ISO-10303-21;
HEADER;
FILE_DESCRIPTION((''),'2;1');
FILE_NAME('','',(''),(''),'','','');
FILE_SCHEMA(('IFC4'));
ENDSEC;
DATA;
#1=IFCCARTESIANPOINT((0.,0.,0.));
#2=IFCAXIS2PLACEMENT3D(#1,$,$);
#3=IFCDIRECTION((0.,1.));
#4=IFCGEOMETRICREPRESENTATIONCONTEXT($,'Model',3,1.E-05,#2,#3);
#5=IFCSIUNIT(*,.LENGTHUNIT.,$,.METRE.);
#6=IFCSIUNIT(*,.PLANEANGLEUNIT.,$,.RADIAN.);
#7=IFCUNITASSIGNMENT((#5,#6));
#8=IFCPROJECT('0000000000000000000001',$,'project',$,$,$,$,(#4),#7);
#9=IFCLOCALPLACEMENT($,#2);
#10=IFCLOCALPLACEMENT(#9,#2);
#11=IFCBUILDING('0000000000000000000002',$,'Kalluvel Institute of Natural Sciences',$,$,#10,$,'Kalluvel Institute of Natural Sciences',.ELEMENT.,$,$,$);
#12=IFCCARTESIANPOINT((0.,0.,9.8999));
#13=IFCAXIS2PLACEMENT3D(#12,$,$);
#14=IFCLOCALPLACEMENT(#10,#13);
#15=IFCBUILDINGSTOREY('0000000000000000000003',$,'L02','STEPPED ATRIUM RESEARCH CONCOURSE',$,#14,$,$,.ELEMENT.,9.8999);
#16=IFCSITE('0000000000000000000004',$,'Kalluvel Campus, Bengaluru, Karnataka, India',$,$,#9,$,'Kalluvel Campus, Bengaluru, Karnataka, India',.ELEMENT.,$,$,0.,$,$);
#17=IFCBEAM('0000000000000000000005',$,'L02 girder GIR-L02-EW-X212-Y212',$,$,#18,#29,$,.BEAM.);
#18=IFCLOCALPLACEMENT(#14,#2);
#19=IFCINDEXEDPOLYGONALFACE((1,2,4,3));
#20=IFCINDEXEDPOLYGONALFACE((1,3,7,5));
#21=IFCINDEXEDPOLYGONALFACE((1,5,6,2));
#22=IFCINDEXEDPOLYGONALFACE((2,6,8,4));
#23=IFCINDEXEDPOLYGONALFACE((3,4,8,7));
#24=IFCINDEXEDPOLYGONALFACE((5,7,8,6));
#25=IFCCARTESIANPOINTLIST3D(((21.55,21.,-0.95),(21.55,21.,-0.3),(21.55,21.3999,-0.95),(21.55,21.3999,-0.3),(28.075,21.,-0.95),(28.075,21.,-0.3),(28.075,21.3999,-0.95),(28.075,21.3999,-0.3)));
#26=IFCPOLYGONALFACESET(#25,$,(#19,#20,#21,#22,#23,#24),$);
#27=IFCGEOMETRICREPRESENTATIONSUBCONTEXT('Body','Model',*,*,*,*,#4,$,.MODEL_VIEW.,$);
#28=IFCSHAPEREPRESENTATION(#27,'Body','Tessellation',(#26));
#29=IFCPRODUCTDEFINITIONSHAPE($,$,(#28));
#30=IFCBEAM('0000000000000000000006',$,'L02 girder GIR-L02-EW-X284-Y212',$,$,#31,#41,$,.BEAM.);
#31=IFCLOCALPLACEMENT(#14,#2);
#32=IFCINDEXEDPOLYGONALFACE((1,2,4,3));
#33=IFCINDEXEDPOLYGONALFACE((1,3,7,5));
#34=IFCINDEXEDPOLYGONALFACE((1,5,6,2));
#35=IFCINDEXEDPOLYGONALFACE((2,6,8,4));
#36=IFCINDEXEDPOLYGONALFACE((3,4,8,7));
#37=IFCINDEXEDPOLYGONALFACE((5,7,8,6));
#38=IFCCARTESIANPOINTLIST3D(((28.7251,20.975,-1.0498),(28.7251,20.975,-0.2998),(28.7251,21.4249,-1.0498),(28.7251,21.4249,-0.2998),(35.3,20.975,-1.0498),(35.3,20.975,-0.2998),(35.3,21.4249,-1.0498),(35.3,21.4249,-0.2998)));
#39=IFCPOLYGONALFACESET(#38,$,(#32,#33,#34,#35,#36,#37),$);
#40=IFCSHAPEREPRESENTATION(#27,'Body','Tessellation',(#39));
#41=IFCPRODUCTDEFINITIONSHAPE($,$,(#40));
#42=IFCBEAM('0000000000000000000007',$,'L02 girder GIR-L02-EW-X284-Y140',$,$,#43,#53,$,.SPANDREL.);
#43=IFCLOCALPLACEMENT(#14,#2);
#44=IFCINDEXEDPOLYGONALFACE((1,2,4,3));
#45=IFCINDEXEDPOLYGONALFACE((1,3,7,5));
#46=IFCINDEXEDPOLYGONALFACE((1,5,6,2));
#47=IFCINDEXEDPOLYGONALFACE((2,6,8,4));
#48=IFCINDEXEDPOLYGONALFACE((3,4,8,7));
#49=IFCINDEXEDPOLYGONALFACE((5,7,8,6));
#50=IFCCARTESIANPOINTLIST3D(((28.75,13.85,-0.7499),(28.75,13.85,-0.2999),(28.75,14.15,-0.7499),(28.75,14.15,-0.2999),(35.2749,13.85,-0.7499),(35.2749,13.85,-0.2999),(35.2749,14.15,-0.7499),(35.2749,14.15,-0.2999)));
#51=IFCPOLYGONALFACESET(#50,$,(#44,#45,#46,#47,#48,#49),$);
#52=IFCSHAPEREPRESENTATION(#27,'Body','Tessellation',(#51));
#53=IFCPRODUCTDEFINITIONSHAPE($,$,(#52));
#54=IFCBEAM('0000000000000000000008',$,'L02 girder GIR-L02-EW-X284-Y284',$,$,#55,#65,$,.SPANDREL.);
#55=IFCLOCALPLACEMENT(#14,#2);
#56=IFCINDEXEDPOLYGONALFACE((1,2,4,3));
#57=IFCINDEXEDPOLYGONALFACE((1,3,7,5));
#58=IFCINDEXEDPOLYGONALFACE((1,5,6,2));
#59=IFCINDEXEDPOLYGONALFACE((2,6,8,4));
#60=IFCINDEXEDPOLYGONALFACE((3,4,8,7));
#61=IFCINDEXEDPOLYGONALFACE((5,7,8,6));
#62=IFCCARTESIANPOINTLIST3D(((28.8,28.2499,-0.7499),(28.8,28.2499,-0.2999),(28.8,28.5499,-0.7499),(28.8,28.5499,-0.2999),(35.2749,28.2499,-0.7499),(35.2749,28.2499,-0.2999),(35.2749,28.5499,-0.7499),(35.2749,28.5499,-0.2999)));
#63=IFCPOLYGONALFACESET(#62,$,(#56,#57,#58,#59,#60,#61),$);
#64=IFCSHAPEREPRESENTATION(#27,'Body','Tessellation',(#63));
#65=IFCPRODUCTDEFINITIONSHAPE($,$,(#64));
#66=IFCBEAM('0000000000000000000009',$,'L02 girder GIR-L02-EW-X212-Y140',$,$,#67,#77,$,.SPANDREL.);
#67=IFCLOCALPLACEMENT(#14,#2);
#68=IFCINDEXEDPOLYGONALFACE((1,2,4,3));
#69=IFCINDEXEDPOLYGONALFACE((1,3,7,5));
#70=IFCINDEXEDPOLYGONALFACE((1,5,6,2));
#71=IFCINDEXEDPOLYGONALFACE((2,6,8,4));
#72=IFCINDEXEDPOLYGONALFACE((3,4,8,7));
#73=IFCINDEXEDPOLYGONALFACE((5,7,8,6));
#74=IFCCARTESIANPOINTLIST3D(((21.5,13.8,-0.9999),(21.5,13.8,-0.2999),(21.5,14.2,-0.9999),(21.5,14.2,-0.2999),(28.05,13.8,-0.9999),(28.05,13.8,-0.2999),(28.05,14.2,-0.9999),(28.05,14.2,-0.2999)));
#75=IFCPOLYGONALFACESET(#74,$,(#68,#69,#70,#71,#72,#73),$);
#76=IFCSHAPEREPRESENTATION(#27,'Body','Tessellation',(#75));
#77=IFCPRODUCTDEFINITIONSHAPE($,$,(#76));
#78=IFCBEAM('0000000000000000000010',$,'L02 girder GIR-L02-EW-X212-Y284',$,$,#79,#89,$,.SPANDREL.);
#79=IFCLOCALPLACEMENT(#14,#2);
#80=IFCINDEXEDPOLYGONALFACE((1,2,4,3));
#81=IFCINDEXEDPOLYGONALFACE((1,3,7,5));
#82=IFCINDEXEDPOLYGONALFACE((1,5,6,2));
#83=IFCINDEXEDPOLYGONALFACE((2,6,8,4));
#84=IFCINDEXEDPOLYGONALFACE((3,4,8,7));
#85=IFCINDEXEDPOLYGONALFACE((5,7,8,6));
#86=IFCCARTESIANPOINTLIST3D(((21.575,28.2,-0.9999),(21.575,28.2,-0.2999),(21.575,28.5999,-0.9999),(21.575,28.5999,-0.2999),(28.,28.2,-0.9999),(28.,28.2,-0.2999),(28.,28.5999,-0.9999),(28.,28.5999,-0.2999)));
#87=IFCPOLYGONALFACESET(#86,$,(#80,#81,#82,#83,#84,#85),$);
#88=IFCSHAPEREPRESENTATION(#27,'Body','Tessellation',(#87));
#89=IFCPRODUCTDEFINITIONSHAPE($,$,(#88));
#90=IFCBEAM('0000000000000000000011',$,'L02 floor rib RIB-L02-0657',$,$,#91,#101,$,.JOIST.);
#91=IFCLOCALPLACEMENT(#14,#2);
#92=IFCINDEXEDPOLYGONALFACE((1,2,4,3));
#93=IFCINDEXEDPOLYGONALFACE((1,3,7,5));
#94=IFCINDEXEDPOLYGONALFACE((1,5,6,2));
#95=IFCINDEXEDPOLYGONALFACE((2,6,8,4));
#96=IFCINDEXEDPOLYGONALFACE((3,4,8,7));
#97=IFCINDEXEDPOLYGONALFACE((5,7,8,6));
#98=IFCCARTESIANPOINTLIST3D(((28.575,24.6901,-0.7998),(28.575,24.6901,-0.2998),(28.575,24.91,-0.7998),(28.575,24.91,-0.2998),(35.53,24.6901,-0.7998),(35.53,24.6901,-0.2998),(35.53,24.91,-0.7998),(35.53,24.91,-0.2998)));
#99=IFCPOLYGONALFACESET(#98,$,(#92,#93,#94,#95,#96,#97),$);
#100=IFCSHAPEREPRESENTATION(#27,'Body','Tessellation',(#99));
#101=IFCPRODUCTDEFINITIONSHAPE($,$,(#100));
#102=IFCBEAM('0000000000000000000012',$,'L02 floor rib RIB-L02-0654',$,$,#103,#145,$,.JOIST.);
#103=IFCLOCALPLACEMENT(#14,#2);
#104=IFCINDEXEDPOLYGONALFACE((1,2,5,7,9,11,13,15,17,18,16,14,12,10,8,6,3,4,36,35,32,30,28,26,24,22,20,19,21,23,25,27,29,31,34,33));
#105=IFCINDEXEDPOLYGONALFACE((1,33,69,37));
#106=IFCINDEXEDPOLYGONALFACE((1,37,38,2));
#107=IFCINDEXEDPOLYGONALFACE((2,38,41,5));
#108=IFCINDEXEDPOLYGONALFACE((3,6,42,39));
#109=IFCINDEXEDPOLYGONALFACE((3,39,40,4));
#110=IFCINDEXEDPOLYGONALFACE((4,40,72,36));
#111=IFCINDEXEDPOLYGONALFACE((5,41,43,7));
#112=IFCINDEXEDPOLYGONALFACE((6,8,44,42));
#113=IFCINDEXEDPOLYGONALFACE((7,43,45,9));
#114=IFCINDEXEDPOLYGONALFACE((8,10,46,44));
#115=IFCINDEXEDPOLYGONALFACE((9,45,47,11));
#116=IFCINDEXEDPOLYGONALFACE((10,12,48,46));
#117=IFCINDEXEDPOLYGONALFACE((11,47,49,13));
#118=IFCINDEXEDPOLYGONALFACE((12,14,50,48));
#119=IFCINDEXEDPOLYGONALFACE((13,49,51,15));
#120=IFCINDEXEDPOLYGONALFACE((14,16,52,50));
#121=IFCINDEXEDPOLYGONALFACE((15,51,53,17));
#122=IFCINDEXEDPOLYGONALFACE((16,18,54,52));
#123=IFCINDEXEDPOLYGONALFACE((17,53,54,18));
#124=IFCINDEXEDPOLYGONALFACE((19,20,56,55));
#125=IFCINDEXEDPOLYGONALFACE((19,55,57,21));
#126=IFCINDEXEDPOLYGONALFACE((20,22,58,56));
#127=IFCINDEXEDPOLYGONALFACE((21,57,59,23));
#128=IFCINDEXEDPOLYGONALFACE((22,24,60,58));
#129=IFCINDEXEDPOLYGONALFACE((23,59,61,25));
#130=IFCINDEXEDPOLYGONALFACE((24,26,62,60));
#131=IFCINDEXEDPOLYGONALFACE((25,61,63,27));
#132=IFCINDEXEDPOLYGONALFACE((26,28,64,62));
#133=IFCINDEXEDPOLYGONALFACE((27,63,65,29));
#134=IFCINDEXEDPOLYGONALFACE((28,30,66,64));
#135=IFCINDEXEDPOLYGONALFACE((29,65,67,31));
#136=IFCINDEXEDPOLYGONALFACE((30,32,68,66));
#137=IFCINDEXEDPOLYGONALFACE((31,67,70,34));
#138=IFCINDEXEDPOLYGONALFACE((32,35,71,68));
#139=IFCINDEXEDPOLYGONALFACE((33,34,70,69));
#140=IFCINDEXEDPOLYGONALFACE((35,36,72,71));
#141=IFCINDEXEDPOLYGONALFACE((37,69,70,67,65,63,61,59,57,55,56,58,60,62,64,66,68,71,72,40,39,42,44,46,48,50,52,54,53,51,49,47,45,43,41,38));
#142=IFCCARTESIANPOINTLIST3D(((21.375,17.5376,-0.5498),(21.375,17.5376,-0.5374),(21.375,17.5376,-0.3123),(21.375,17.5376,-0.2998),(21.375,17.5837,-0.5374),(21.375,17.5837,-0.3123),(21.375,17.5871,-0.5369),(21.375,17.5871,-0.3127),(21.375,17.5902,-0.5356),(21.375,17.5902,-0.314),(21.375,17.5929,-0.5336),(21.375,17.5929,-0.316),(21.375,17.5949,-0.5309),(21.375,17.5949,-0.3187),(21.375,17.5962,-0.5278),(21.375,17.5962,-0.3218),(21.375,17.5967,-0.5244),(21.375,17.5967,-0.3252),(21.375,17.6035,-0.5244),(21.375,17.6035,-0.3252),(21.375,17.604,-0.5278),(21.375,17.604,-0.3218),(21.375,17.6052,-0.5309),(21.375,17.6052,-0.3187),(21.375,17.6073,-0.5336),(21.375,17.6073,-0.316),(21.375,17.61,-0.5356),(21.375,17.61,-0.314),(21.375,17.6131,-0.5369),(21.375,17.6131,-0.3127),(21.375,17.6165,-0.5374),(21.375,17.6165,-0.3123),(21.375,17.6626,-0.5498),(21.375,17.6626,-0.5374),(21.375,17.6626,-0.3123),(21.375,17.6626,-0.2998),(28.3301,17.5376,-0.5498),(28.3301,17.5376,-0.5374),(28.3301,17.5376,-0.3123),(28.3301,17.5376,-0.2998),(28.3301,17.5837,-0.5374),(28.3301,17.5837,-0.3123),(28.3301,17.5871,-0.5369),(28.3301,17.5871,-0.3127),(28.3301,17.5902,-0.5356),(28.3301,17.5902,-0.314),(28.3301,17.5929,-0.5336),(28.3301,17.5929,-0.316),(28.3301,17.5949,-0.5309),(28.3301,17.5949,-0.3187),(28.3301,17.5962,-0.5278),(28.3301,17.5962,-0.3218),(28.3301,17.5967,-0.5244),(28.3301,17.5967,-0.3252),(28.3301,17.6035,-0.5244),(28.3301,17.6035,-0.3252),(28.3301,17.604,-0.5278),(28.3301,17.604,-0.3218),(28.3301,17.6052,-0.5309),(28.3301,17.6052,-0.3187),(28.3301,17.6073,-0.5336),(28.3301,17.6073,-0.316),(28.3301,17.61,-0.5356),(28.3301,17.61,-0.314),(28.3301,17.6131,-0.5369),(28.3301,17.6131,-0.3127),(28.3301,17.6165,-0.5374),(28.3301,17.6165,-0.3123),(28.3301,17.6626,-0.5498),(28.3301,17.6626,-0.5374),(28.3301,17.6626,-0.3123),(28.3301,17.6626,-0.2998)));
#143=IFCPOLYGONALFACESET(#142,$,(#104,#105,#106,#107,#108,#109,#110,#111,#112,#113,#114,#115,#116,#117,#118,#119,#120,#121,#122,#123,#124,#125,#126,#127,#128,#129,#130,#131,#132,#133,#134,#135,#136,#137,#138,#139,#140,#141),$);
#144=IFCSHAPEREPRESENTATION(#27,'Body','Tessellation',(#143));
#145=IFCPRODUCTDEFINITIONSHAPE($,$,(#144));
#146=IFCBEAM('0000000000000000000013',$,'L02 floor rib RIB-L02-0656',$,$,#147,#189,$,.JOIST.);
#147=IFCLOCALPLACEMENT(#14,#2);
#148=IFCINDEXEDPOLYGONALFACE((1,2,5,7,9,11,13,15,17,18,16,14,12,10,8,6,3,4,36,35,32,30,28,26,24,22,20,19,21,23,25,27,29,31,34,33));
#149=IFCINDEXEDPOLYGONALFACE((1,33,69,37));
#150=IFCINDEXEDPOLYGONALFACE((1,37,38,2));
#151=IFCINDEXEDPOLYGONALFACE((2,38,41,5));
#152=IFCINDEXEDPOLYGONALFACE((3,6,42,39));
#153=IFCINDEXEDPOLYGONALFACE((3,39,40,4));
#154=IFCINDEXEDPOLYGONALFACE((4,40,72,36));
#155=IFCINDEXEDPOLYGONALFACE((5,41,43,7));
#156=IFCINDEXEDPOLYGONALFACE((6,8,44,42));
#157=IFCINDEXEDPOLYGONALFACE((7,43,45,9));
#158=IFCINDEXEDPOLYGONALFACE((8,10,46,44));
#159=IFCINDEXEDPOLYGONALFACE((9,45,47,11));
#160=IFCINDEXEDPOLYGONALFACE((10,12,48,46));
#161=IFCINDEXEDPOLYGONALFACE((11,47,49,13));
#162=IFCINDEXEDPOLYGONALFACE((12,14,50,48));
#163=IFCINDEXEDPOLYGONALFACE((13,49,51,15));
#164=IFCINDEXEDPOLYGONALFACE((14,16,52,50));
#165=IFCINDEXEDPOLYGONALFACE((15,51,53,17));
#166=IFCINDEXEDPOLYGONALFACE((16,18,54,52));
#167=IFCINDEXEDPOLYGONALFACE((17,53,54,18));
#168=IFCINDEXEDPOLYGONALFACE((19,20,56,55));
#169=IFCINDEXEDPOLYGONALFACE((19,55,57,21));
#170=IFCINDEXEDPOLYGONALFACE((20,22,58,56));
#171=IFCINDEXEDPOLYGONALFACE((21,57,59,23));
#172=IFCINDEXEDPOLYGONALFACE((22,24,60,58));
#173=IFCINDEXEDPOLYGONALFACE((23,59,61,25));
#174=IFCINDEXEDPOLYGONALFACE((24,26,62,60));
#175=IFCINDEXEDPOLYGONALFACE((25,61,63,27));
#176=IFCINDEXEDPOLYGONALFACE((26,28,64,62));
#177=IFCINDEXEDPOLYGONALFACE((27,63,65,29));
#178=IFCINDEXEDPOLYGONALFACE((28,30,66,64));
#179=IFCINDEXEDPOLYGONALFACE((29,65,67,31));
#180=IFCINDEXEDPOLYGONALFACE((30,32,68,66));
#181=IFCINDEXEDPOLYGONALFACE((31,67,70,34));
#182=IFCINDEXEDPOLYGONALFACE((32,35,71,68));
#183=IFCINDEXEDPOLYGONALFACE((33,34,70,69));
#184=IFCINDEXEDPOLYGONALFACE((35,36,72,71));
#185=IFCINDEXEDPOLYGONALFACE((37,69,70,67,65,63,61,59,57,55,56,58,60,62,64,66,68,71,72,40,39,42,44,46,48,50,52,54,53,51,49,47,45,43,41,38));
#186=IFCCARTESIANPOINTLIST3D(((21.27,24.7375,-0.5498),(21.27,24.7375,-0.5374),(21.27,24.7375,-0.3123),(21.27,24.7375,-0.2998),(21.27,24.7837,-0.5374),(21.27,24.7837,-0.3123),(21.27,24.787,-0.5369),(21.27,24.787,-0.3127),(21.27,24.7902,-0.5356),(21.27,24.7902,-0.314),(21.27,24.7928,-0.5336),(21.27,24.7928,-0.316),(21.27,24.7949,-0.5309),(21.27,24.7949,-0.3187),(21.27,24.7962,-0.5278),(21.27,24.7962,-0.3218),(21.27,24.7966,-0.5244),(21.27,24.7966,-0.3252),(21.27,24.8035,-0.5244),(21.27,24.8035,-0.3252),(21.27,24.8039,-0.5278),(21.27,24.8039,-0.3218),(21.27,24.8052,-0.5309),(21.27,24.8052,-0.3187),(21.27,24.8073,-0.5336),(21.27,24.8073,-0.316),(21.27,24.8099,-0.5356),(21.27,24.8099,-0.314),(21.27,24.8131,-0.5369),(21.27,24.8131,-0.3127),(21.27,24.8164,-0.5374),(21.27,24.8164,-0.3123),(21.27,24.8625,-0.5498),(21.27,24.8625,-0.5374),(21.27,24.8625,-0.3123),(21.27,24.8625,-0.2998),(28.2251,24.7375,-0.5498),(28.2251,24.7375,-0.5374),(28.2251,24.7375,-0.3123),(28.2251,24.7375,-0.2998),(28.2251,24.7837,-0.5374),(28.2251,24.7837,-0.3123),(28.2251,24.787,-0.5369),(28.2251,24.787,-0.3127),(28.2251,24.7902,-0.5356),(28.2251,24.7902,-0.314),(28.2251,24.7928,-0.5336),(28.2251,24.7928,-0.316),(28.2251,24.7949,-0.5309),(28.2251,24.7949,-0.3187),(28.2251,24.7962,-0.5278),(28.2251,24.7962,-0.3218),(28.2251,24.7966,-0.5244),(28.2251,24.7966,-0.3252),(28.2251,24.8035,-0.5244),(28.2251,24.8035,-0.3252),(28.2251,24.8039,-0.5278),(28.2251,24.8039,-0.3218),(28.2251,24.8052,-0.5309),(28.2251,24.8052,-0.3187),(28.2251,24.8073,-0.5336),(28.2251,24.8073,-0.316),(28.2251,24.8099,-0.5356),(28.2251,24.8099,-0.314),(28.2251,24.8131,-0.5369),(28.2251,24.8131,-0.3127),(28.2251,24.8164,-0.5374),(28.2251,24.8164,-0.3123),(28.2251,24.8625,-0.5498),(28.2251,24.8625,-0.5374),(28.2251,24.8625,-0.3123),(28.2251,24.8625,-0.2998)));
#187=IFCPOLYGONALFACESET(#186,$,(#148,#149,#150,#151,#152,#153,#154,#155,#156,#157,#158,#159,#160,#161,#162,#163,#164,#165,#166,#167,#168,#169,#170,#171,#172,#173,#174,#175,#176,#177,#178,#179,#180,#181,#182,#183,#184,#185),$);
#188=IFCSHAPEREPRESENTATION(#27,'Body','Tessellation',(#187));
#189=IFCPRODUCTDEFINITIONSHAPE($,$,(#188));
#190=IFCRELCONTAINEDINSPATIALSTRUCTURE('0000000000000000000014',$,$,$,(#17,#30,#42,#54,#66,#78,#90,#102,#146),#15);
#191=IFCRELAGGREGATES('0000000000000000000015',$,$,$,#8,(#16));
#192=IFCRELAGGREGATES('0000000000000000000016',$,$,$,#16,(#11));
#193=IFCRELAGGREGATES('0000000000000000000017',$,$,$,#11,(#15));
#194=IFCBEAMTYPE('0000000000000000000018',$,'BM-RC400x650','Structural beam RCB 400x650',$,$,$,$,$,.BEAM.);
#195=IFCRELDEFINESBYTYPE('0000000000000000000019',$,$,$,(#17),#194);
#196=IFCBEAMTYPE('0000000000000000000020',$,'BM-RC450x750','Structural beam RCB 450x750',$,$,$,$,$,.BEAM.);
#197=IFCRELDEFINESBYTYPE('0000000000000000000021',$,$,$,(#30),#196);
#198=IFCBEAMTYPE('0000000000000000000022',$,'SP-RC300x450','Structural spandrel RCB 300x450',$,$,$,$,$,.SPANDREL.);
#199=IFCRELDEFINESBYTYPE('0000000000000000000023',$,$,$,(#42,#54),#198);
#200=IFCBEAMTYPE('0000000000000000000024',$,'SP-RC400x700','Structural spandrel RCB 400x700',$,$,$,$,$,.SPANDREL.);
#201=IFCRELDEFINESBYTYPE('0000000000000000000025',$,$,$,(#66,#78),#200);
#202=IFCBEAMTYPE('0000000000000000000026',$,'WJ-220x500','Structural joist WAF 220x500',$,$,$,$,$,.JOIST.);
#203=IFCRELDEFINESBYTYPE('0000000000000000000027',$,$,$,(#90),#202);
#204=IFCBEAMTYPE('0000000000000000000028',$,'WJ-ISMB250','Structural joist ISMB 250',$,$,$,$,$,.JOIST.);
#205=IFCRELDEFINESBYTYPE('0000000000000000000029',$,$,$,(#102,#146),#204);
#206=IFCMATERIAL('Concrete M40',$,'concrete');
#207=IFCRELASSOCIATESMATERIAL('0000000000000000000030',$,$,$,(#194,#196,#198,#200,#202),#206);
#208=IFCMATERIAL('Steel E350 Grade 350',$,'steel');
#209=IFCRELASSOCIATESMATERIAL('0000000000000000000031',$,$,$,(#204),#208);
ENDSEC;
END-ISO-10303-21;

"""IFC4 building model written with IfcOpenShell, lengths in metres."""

from ifc_helpers import new_model, si_unit, direction, frame, origin, origin_2d, place, context, subcontext, project, spatial, rectangle, i_section, extrude, material, material_profile, profile_set, type_object, element, save


model = new_model("IFC4")

# Units and contexts
model_context = context("Model", 3, precision=1e-05, world=origin(), true_north=direction((0.0, 1.0)))
body_context = subcontext(model_context, "Body", "Model", "MODEL_VIEW")
ifc_project = project(units=[si_unit("LENGTHUNIT", "METRE"), si_unit("PLANEANGLEUNIT", "RADIAN")], contexts=[model_context])

# Site, building, storey
site_placement = place(None, origin())
site = spatial("IfcSite", under=ifc_project, at=site_placement, Name="Kalluvel Campus, Bengaluru, Karnataka, India", LongName="Kalluvel Campus, Bengaluru, Karnataka, India", CompositionType="ELEMENT", RefElevation=0.0)
building_placement = place(site_placement, origin())
building = spatial("IfcBuilding", under=site, at=building_placement, Name="Kalluvel Institute of Natural Sciences", LongName="Kalluvel Institute of Natural Sciences", CompositionType="ELEMENT")
storey_placement = place(building_placement, frame((0.0, 0.0, 9.8999)))
storey = spatial("IfcBuildingStorey", under=building, at=storey_placement, Name="L02", Description="STEPPED ATRIUM RESEARCH CONCOURSE", CompositionType="ELEMENT", Elevation=9.8999)

# Shared definitions
ifc_material_1 = material(Name="Concrete M40", Category="concrete")

# Beams
ifc_material_2 = material(Name="Steel E350 Grade 350", Category="steel")
ifc_material_profile_1 = material_profile(ifc_material_1, rectangle(XDim=0.3999, YDim=0.6499, at=origin_2d()), Name="RCB 400x650")
ifc_profile_set_1 = profile_set([ifc_material_profile_1], Name="Concrete M40")
beam_type_1 = type_object("IfcBeamType", Name="BM-RC400x650", Description="Structural beam RCB 400x650", PredefinedType="BEAM", material=ifc_profile_set_1)
beam_1_placement = place(storey_placement, frame((21.55, 21.2, -0.625), z_axis=(1.0, 0.0, 0.0), x_axis=(0.0, 1.0, 0.0)))
element("IfcBeam", 1, at=beam_1_placement, inside=storey, type_object=beam_type_1, Name="L02 girder GIR-L02-EW-X212-Y212", PredefinedType="BEAM", context=body_context, shape_type="SweptSolid", body=[
    extrude(rectangle(XDim=0.3999, YDim=0.6499, at=origin_2d()), origin(), (0.0, 0.0, 1.0), 6.5249),
])
ifc_material_profile_2 = material_profile(ifc_material_1, rectangle(XDim=0.45, YDim=0.75, at=origin_2d()), Name="RCB 450x750")
ifc_profile_set_2 = profile_set([ifc_material_profile_2], Name="Concrete M40")
beam_type_2 = type_object("IfcBeamType", Name="BM-RC450x750", Description="Structural beam RCB 450x750", PredefinedType="BEAM", material=ifc_profile_set_2)
beam_2_placement = place(storey_placement, frame((28.7251, 21.2, -0.6748), z_axis=(1.0, 0.0, 0.0), x_axis=(0.0, 1.0, 0.0)))
element("IfcBeam", 2, at=beam_2_placement, inside=storey, type_object=beam_type_2, Name="L02 girder GIR-L02-EW-X284-Y212", PredefinedType="BEAM", context=body_context, shape_type="SweptSolid", body=[
    extrude(rectangle(XDim=0.45, YDim=0.75, at=origin_2d()), origin(), (0.0, 0.0, 1.0), 6.575),
])
ifc_material_profile_3 = material_profile(ifc_material_1, rectangle(XDim=0.3, YDim=0.45, at=origin_2d()), Name="RCB 300x450")
ifc_profile_set_3 = profile_set([ifc_material_profile_3], Name="Concrete M40")
beam_type_3 = type_object("IfcBeamType", Name="SP-RC300x450", Description="Structural spandrel RCB 300x450", PredefinedType="SPANDREL", material=ifc_profile_set_3)
beam_3_placement = place(storey_placement, frame((28.75, 14.0, -0.5249), z_axis=(1.0, 0.0, 0.0), x_axis=(0.0, 1.0, 0.0)))
element("IfcBeam", 3, at=beam_3_placement, inside=storey, type_object=beam_type_3, Name="L02 girder GIR-L02-EW-X284-Y140", PredefinedType="SPANDREL", context=body_context, shape_type="SweptSolid", body=[
    extrude(rectangle(XDim=0.3, YDim=0.45, at=origin_2d()), origin(), (0.0, 0.0, 1.0), 6.5249),
])
beam_4_placement = place(storey_placement, frame((28.8, 28.3999, -0.5249), z_axis=(1.0, 0.0, 0.0), x_axis=(0.0, 1.0, 0.0)))
element("IfcBeam", 4, at=beam_4_placement, inside=storey, type_object=beam_type_3, Name="L02 girder GIR-L02-EW-X284-Y284", PredefinedType="SPANDREL", context=body_context, shape_type="SweptSolid", body=[
    extrude(rectangle(XDim=0.3, YDim=0.45, at=origin_2d()), origin(), (0.0, 0.0, 1.0), 6.4749),
])
ifc_material_profile_4 = material_profile(ifc_material_1, rectangle(XDim=0.3999, YDim=0.7, at=origin_2d()), Name="RCB 400x700")
ifc_profile_set_4 = profile_set([ifc_material_profile_4], Name="Concrete M40")
beam_type_4 = type_object("IfcBeamType", Name="SP-RC400x700", Description="Structural spandrel RCB 400x700", PredefinedType="SPANDREL", material=ifc_profile_set_4)
beam_5_placement = place(storey_placement, frame((21.5, 14.0, -0.6499), z_axis=(1.0, 0.0, 0.0), x_axis=(0.0, 1.0, 0.0)))
element("IfcBeam", 5, at=beam_5_placement, inside=storey, type_object=beam_type_4, Name="L02 girder GIR-L02-EW-X212-Y140", PredefinedType="SPANDREL", context=body_context, shape_type="SweptSolid", body=[
    extrude(rectangle(XDim=0.3999, YDim=0.7, at=origin_2d()), origin(), (0.0, 0.0, 1.0), 6.55),
])
beam_6_placement = place(storey_placement, frame((21.575, 28.3999, -0.6499), z_axis=(1.0, 0.0, 0.0), x_axis=(0.0, 1.0, 0.0)))
element("IfcBeam", 6, at=beam_6_placement, inside=storey, type_object=beam_type_4, Name="L02 girder GIR-L02-EW-X212-Y284", PredefinedType="SPANDREL", context=body_context, shape_type="SweptSolid", body=[
    extrude(rectangle(XDim=0.3999, YDim=0.7, at=origin_2d()), origin(), (0.0, 0.0, 1.0), 6.425),
])
ifc_material_profile_5 = material_profile(ifc_material_1, rectangle(XDim=0.22, YDim=0.5, at=origin_2d()), Name="WAF 220x500")
ifc_profile_set_5 = profile_set([ifc_material_profile_5], Name="Concrete M40")
beam_type_5 = type_object("IfcBeamType", Name="WJ-220x500", Description="Structural joist WAF 220x500", PredefinedType="JOIST", material=ifc_profile_set_5)
beam_7_placement = place(storey_placement, frame((28.575, 24.8, -0.5498), z_axis=(1.0, 0.0, 0.0), x_axis=(0.0, 1.0, 0.0)))
element("IfcBeam", 7, at=beam_7_placement, inside=storey, type_object=beam_type_5, Name="L02 floor rib RIB-L02-0657", PredefinedType="JOIST", context=body_context, shape_type="SweptSolid", body=[
    extrude(rectangle(XDim=0.22, YDim=0.5, at=origin_2d()), origin(), (0.0, 0.0, 1.0), 6.9551),
])
ifc_material_profile_6 = material_profile(ifc_material_2, i_section(OverallWidth=0.125, OverallDepth=0.25, WebThickness=0.0068, FlangeThickness=0.0125, FilletRadius=0.0129, at=origin_2d()), Name="ISMB 250")
ifc_profile_set_6 = profile_set([ifc_material_profile_6], Name="Steel E350 Grade 350")
beam_type_6 = type_object("IfcBeamType", Name="WJ-ISMB250", Description="Structural joist ISMB 250", PredefinedType="JOIST", material=ifc_profile_set_6)
for number, where, z_axis, x_axis, name in (
    (8, (21.375, 17.6001, -0.4248), (1.0, 0.0, 0.0), (0.0, 1.0, 0.0), "L02 floor rib RIB-L02-0654"),
    (9, (21.27, 24.8, -0.4248), (1.0, 0.0, 0.0), (0.0, 1.0, 0.0), "L02 floor rib RIB-L02-0656"),
):
    element("IfcBeam", number, at=place(storey_placement, frame(where, z_axis=z_axis, x_axis=x_axis)), inside=storey, type_object=beam_type_6, Name=name, PredefinedType="JOIST", context=body_context, shape_type="SweptSolid", body=[
        extrude(i_section(OverallWidth=0.125, OverallDepth=0.25, WebThickness=0.0068, FlangeThickness=0.0125, FilletRadius=0.0129, at=origin_2d()), origin(), (0.0, 0.0, 1.0), 6.9551),
    ])

save(model, "model.ifc")
